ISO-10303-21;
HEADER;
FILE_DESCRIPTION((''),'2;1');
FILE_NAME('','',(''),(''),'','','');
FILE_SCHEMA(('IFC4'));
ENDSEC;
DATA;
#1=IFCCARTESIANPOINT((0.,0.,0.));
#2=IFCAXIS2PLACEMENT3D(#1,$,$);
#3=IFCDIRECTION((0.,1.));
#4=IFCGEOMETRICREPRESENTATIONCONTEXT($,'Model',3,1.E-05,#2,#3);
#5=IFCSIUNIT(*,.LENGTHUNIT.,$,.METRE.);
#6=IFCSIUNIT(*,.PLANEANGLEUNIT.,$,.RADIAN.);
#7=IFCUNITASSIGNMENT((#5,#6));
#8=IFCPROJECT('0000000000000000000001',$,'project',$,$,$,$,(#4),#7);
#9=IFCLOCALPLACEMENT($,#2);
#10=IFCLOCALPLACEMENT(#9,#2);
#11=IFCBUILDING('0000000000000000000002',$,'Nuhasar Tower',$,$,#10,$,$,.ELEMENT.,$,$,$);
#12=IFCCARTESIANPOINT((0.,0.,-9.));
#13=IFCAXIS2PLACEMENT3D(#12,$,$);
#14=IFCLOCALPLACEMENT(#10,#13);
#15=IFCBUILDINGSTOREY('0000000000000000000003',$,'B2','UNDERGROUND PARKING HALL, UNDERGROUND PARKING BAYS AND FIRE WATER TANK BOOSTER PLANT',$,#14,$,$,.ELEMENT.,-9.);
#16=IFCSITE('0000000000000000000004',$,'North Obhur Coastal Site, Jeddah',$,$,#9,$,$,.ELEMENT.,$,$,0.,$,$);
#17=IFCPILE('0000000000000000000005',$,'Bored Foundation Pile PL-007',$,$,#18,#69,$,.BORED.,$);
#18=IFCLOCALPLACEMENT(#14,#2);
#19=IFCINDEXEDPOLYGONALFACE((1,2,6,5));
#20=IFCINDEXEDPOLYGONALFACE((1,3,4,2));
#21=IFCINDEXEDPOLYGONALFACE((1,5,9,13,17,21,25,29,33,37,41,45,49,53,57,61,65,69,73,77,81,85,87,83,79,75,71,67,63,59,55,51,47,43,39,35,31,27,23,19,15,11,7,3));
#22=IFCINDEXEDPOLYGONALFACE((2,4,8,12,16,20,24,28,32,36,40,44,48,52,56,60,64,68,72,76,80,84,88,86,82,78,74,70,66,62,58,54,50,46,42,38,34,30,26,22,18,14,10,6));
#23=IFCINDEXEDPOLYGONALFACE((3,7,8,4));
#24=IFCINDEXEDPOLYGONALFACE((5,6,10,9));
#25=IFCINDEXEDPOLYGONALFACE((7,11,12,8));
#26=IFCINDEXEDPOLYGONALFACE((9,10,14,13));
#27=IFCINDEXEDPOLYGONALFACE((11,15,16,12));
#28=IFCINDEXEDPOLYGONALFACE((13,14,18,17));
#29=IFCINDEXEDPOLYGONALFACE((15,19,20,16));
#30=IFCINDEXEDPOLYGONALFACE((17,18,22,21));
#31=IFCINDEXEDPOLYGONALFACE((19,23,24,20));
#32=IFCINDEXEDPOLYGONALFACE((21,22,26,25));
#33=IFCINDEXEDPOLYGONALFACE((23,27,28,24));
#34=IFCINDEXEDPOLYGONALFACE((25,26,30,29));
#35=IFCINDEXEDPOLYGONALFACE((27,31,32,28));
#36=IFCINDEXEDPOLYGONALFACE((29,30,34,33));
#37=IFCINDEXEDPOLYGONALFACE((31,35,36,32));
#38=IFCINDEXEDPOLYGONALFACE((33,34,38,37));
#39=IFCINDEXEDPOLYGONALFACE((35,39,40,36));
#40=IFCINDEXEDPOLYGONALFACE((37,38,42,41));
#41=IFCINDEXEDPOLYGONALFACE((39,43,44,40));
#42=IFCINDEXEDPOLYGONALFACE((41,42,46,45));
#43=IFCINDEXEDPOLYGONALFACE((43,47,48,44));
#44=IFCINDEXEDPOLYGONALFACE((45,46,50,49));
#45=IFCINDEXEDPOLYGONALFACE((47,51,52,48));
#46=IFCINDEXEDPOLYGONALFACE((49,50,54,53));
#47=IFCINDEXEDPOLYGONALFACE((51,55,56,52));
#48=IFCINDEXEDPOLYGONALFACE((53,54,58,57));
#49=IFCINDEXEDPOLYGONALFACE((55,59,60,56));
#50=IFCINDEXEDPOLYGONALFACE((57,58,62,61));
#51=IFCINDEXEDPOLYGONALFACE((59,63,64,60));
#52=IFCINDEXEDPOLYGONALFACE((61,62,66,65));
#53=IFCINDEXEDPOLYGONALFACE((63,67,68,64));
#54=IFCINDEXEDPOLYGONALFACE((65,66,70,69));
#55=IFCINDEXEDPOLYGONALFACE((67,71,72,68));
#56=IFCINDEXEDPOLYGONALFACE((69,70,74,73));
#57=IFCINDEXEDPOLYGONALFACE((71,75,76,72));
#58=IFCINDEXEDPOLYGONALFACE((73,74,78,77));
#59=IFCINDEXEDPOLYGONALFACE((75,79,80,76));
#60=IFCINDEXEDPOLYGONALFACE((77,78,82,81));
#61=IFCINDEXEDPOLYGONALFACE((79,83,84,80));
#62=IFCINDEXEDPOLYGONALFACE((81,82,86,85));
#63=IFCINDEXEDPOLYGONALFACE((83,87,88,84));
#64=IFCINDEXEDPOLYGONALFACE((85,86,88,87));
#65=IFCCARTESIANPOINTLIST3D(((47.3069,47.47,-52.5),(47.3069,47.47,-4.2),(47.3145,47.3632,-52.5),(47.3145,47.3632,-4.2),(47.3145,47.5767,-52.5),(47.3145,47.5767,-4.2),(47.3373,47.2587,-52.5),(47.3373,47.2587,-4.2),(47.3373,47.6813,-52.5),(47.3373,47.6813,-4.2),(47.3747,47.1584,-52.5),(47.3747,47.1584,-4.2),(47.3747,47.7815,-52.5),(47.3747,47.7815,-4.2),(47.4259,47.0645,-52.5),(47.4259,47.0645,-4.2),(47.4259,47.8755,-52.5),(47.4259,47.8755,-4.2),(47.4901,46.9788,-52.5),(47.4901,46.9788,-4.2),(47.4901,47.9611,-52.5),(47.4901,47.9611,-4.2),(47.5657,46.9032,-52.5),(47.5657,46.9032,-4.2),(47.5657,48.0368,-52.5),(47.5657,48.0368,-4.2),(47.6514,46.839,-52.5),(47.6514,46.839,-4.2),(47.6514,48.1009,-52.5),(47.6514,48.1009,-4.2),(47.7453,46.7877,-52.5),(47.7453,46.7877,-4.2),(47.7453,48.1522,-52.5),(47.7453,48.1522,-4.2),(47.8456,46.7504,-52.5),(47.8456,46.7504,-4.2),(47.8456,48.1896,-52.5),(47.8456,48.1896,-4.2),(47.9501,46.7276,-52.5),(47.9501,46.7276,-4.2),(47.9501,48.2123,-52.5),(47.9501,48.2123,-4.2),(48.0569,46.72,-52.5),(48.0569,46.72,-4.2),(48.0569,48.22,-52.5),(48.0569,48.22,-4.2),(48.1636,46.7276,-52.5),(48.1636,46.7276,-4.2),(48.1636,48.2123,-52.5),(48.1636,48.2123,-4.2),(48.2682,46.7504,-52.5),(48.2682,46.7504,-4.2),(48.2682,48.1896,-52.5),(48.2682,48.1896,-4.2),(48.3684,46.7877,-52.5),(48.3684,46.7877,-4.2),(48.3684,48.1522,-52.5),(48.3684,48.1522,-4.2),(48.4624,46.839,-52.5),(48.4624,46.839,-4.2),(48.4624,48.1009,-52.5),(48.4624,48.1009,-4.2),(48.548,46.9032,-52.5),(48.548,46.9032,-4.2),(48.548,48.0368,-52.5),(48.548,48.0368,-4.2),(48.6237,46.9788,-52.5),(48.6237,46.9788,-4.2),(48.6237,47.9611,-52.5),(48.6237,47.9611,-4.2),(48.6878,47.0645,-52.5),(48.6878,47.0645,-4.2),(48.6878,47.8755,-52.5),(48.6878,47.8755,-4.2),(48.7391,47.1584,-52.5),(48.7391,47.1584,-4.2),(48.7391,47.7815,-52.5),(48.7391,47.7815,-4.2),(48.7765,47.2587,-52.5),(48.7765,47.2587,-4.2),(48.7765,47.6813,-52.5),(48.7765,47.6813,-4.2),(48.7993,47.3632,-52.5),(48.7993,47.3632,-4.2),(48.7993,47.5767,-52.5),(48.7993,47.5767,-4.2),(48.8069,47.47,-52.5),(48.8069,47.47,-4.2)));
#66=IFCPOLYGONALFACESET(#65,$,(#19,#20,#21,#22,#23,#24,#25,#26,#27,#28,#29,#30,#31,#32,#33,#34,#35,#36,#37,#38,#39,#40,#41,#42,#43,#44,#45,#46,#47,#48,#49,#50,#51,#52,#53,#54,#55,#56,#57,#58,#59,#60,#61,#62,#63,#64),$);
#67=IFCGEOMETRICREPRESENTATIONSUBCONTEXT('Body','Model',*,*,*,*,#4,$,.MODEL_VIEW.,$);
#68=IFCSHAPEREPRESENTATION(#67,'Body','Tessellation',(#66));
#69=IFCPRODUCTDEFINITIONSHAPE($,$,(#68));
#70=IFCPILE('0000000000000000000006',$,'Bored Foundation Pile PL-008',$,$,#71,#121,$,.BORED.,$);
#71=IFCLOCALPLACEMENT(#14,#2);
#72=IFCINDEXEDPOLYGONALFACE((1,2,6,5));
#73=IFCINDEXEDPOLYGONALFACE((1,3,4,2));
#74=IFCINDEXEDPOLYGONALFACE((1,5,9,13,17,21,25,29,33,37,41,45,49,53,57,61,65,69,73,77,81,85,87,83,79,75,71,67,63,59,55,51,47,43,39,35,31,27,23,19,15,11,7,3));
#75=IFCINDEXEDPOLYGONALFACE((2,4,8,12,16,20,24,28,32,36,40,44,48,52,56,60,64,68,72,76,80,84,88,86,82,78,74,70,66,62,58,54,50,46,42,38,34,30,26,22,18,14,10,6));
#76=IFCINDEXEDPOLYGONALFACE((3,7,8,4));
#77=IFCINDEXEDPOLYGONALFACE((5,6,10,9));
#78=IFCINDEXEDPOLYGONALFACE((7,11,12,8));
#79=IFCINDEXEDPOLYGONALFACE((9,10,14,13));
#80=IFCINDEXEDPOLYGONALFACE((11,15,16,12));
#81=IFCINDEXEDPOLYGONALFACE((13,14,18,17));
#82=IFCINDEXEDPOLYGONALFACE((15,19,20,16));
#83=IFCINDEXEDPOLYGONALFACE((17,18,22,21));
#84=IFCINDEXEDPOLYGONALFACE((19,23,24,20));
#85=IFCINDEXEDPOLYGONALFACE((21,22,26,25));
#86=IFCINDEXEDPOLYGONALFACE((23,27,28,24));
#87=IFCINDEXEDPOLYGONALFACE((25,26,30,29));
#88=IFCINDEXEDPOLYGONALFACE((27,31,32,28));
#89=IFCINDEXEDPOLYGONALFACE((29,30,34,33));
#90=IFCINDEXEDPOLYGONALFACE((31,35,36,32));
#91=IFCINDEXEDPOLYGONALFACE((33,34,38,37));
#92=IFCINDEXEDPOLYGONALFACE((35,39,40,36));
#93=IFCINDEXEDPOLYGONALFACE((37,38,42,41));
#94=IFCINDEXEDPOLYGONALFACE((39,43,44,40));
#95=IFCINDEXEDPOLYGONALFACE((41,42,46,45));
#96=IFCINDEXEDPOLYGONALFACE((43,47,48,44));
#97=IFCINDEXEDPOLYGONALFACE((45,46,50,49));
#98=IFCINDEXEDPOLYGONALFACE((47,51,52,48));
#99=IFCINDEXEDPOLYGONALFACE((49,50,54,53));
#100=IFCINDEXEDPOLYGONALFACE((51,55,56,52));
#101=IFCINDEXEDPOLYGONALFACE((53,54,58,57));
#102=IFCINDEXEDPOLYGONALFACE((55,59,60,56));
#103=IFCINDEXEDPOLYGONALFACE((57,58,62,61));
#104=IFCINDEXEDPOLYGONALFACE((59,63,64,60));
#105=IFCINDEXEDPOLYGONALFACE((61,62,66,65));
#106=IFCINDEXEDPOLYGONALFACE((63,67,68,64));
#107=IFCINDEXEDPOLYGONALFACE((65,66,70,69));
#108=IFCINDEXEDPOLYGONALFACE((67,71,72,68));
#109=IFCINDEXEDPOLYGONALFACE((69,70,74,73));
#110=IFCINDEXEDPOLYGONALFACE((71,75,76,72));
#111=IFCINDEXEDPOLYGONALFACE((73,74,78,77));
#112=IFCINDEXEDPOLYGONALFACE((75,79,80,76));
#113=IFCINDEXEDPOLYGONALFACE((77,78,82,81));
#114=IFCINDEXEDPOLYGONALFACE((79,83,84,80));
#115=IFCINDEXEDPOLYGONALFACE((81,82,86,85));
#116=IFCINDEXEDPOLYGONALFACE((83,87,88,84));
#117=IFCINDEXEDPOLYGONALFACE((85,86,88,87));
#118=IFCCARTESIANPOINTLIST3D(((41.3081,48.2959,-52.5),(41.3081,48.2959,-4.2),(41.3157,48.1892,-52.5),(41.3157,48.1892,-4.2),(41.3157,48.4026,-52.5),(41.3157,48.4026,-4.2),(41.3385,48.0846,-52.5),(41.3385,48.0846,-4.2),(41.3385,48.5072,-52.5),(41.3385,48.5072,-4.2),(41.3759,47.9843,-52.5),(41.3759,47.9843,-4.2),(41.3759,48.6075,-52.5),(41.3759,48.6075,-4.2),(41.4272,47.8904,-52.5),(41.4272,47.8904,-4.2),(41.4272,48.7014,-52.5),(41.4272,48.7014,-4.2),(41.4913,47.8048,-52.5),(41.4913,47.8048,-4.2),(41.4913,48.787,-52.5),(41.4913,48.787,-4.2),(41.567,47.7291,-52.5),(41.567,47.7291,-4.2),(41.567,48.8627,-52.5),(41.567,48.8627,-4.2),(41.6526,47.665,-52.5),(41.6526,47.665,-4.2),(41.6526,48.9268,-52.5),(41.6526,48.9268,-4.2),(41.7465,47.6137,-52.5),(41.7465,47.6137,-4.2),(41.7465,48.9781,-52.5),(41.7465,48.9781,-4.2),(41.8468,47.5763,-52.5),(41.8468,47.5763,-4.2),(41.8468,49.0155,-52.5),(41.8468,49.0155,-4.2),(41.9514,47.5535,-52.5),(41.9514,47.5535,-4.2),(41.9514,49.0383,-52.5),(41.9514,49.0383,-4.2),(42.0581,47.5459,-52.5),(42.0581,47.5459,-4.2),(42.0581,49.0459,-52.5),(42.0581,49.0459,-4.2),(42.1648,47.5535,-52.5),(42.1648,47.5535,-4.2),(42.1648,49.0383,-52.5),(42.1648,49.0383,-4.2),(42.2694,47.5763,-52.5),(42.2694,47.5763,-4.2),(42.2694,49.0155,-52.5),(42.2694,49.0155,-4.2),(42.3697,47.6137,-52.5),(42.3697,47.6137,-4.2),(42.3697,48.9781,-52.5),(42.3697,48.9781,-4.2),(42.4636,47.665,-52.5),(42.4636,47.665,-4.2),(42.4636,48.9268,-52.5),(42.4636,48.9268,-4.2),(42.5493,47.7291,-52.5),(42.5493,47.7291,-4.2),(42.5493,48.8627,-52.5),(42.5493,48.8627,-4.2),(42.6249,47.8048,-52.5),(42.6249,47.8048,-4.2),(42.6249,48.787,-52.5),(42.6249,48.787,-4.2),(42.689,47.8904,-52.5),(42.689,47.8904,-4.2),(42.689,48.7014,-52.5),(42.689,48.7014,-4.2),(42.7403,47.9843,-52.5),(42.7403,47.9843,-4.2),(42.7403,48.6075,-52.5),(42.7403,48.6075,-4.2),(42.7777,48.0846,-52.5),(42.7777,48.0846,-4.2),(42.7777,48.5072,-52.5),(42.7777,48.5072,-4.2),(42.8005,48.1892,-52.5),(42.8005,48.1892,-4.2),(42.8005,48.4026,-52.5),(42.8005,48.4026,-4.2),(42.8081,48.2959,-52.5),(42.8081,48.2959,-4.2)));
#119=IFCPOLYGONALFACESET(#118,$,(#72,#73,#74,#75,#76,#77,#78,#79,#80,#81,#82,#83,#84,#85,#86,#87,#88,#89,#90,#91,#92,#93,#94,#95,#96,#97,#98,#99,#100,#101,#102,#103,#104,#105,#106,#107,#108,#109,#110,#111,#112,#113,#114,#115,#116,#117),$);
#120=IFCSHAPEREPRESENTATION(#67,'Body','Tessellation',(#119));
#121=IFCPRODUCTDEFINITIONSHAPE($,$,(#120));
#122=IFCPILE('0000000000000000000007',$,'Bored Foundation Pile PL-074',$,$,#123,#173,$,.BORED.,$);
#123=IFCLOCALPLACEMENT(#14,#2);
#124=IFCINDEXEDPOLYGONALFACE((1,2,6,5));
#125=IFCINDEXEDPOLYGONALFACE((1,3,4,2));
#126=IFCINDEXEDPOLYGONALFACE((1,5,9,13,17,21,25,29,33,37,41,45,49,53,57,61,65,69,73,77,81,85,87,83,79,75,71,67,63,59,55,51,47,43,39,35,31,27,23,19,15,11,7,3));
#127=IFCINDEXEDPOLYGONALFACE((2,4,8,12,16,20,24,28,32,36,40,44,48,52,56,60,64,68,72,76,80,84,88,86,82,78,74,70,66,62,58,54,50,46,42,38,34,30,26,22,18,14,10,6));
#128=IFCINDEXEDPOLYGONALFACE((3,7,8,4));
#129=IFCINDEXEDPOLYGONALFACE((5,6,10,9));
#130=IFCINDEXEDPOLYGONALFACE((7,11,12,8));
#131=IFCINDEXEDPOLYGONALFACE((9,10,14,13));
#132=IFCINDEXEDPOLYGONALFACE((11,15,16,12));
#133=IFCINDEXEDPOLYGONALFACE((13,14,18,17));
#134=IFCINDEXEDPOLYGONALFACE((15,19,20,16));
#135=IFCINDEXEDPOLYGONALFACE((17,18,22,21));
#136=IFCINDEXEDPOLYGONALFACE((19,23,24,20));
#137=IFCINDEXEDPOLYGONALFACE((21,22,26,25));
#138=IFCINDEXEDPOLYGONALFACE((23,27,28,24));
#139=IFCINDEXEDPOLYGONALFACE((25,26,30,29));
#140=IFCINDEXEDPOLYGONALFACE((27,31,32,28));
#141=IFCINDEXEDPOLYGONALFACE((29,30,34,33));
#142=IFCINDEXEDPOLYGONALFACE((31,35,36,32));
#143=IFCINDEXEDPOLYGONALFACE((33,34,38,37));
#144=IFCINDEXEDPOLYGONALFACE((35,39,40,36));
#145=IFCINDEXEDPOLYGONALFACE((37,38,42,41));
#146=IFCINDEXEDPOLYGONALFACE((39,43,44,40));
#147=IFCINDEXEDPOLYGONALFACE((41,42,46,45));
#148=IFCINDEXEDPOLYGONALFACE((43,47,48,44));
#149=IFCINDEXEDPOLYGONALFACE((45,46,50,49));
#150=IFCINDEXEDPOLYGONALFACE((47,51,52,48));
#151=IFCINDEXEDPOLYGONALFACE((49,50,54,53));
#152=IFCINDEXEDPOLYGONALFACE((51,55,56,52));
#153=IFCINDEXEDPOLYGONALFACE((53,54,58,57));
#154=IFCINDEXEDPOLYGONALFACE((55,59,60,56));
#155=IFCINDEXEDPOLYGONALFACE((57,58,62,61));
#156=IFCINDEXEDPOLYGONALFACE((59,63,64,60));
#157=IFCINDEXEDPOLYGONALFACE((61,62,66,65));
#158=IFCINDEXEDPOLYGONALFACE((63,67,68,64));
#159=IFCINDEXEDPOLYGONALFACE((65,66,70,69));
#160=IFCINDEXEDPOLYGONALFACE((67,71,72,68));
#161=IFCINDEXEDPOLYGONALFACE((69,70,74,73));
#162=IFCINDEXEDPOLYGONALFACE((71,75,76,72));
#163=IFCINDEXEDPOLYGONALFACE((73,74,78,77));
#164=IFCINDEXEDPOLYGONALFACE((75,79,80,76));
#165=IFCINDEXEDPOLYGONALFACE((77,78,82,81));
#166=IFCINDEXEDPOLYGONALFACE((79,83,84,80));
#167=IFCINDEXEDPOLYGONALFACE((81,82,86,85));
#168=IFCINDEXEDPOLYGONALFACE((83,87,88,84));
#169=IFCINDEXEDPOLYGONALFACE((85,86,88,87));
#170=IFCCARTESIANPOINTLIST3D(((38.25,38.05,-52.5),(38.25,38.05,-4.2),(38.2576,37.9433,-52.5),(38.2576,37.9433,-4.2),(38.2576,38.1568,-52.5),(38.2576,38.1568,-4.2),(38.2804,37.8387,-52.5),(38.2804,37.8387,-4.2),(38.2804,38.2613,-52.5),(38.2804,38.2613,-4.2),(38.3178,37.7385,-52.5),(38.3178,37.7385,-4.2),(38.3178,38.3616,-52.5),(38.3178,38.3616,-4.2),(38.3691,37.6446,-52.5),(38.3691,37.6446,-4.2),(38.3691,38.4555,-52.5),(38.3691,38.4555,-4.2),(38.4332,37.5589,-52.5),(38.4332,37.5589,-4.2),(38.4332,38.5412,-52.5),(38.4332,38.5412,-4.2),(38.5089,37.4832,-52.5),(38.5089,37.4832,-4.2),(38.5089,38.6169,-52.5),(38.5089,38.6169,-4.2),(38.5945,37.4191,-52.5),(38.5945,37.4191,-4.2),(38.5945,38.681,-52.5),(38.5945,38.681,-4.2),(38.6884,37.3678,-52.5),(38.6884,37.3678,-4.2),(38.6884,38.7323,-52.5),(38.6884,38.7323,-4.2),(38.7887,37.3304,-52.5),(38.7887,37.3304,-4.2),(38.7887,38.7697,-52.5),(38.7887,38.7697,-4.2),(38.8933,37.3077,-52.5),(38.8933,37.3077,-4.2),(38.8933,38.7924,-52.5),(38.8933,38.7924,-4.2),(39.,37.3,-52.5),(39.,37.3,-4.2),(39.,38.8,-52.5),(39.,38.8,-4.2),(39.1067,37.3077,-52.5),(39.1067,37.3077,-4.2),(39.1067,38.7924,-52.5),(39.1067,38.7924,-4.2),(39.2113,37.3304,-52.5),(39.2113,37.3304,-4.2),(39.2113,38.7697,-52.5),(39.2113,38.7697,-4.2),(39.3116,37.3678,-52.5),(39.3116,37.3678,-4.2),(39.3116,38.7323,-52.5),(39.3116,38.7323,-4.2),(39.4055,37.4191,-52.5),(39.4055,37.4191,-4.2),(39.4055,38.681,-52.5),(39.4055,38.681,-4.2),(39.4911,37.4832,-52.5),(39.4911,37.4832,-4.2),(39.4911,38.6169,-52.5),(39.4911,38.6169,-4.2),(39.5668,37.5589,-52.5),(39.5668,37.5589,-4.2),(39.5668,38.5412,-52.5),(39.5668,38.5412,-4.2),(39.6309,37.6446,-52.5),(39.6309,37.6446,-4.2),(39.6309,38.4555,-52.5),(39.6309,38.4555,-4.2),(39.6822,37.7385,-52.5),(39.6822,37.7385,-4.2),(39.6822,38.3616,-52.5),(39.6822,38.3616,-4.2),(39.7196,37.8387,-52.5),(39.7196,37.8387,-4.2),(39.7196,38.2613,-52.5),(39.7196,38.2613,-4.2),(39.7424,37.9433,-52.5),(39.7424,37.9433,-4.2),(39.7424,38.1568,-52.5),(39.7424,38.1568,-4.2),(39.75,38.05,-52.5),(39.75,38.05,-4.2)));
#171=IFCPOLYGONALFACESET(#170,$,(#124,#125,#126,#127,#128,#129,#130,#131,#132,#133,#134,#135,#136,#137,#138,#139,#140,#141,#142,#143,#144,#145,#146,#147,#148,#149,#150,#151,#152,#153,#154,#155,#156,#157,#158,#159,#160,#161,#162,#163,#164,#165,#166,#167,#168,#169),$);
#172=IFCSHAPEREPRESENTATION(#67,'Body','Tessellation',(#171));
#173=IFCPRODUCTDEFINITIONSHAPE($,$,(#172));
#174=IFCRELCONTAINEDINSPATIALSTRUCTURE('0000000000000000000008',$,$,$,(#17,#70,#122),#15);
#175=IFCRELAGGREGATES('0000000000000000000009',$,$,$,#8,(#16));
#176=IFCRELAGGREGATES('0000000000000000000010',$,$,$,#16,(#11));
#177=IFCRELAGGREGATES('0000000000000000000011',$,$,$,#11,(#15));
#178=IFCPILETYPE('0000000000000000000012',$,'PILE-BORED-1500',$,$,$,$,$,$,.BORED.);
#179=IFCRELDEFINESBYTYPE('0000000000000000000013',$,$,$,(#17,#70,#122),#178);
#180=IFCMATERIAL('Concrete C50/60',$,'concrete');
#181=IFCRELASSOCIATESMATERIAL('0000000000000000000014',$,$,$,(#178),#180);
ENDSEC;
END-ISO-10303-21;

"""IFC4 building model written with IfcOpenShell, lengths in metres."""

from ifc_helpers import new_model, si_unit, direction, frame, origin, origin_2d, place, context, subcontext, project, spatial, circle, extrude, material, material_profile, profile_set, type_object, element, save


model = new_model("IFC4")

# Units and contexts
model_context = context("Model", 3, precision=1e-05, world=origin(), true_north=direction((0.0, 1.0)))
body_context = subcontext(model_context, "Body", "Model", "MODEL_VIEW")
ifc_project = project(units=[si_unit("LENGTHUNIT", "METRE"), si_unit("PLANEANGLEUNIT", "RADIAN")], contexts=[model_context])

# Site, building, storey
site_placement = place(None, origin())
site = spatial("IfcSite", under=ifc_project, at=site_placement, Name="North Obhur Coastal Site, Jeddah", CompositionType="ELEMENT", RefElevation=0.0)
building_placement = place(site_placement, origin())
building = spatial("IfcBuilding", under=site, at=building_placement, Name="Nuhasar Tower", CompositionType="ELEMENT")
storey_placement = place(building_placement, frame((0.0, 0.0, -9.0)))
storey = spatial("IfcBuildingStorey", under=building, at=storey_placement, Name="B2", Description="UNDERGROUND PARKING HALL, UNDERGROUND PARKING BAYS AND FIRE WATER TANK BOOSTER PLANT", CompositionType="ELEMENT", Elevation=-9.0)

# Piles
ifc_material_1 = material(Name="Concrete C50/60", Category="concrete")
ifc_material_profile_1 = material_profile(ifc_material_1, circle(Radius=0.75, at=origin_2d()), Name="PILE1500")
ifc_profile_set_1 = profile_set([ifc_material_profile_1], Name="Concrete C50/60")
pile_type = type_object("IfcPileType", Name="PILE-BORED-1500", PredefinedType="BORED", material=ifc_profile_set_1)
for number, where, z_axis, x_axis, name in (
    (1, (48.0569, 47.47, -4.2), (0.0, 0.0, -1.0), (1.0, 0.0, 0.0), "Bored Foundation Pile PL-007"),
    (2, (42.0581, 48.2959, -4.2), (0.0, 0.0, -1.0), (1.0, 0.0, 0.0), "Bored Foundation Pile PL-008"),
    (3, (39.0, 38.05, -4.2), (0.0, 0.0, -1.0), (1.0, 0.0, 0.0), "Bored Foundation Pile PL-074"),
):
    element("IfcPile", number, at=place(storey_placement, frame(where, z_axis=z_axis, x_axis=x_axis)), inside=storey, type_object=pile_type, Name=name, PredefinedType="BORED", context=body_context, shape_type="SweptSolid", body=[
        extrude(circle(Radius=0.75, at=origin_2d()), origin(), (0.0, 0.0, 1.0), 48.3),
    ])

save(model, "model.ifc")
